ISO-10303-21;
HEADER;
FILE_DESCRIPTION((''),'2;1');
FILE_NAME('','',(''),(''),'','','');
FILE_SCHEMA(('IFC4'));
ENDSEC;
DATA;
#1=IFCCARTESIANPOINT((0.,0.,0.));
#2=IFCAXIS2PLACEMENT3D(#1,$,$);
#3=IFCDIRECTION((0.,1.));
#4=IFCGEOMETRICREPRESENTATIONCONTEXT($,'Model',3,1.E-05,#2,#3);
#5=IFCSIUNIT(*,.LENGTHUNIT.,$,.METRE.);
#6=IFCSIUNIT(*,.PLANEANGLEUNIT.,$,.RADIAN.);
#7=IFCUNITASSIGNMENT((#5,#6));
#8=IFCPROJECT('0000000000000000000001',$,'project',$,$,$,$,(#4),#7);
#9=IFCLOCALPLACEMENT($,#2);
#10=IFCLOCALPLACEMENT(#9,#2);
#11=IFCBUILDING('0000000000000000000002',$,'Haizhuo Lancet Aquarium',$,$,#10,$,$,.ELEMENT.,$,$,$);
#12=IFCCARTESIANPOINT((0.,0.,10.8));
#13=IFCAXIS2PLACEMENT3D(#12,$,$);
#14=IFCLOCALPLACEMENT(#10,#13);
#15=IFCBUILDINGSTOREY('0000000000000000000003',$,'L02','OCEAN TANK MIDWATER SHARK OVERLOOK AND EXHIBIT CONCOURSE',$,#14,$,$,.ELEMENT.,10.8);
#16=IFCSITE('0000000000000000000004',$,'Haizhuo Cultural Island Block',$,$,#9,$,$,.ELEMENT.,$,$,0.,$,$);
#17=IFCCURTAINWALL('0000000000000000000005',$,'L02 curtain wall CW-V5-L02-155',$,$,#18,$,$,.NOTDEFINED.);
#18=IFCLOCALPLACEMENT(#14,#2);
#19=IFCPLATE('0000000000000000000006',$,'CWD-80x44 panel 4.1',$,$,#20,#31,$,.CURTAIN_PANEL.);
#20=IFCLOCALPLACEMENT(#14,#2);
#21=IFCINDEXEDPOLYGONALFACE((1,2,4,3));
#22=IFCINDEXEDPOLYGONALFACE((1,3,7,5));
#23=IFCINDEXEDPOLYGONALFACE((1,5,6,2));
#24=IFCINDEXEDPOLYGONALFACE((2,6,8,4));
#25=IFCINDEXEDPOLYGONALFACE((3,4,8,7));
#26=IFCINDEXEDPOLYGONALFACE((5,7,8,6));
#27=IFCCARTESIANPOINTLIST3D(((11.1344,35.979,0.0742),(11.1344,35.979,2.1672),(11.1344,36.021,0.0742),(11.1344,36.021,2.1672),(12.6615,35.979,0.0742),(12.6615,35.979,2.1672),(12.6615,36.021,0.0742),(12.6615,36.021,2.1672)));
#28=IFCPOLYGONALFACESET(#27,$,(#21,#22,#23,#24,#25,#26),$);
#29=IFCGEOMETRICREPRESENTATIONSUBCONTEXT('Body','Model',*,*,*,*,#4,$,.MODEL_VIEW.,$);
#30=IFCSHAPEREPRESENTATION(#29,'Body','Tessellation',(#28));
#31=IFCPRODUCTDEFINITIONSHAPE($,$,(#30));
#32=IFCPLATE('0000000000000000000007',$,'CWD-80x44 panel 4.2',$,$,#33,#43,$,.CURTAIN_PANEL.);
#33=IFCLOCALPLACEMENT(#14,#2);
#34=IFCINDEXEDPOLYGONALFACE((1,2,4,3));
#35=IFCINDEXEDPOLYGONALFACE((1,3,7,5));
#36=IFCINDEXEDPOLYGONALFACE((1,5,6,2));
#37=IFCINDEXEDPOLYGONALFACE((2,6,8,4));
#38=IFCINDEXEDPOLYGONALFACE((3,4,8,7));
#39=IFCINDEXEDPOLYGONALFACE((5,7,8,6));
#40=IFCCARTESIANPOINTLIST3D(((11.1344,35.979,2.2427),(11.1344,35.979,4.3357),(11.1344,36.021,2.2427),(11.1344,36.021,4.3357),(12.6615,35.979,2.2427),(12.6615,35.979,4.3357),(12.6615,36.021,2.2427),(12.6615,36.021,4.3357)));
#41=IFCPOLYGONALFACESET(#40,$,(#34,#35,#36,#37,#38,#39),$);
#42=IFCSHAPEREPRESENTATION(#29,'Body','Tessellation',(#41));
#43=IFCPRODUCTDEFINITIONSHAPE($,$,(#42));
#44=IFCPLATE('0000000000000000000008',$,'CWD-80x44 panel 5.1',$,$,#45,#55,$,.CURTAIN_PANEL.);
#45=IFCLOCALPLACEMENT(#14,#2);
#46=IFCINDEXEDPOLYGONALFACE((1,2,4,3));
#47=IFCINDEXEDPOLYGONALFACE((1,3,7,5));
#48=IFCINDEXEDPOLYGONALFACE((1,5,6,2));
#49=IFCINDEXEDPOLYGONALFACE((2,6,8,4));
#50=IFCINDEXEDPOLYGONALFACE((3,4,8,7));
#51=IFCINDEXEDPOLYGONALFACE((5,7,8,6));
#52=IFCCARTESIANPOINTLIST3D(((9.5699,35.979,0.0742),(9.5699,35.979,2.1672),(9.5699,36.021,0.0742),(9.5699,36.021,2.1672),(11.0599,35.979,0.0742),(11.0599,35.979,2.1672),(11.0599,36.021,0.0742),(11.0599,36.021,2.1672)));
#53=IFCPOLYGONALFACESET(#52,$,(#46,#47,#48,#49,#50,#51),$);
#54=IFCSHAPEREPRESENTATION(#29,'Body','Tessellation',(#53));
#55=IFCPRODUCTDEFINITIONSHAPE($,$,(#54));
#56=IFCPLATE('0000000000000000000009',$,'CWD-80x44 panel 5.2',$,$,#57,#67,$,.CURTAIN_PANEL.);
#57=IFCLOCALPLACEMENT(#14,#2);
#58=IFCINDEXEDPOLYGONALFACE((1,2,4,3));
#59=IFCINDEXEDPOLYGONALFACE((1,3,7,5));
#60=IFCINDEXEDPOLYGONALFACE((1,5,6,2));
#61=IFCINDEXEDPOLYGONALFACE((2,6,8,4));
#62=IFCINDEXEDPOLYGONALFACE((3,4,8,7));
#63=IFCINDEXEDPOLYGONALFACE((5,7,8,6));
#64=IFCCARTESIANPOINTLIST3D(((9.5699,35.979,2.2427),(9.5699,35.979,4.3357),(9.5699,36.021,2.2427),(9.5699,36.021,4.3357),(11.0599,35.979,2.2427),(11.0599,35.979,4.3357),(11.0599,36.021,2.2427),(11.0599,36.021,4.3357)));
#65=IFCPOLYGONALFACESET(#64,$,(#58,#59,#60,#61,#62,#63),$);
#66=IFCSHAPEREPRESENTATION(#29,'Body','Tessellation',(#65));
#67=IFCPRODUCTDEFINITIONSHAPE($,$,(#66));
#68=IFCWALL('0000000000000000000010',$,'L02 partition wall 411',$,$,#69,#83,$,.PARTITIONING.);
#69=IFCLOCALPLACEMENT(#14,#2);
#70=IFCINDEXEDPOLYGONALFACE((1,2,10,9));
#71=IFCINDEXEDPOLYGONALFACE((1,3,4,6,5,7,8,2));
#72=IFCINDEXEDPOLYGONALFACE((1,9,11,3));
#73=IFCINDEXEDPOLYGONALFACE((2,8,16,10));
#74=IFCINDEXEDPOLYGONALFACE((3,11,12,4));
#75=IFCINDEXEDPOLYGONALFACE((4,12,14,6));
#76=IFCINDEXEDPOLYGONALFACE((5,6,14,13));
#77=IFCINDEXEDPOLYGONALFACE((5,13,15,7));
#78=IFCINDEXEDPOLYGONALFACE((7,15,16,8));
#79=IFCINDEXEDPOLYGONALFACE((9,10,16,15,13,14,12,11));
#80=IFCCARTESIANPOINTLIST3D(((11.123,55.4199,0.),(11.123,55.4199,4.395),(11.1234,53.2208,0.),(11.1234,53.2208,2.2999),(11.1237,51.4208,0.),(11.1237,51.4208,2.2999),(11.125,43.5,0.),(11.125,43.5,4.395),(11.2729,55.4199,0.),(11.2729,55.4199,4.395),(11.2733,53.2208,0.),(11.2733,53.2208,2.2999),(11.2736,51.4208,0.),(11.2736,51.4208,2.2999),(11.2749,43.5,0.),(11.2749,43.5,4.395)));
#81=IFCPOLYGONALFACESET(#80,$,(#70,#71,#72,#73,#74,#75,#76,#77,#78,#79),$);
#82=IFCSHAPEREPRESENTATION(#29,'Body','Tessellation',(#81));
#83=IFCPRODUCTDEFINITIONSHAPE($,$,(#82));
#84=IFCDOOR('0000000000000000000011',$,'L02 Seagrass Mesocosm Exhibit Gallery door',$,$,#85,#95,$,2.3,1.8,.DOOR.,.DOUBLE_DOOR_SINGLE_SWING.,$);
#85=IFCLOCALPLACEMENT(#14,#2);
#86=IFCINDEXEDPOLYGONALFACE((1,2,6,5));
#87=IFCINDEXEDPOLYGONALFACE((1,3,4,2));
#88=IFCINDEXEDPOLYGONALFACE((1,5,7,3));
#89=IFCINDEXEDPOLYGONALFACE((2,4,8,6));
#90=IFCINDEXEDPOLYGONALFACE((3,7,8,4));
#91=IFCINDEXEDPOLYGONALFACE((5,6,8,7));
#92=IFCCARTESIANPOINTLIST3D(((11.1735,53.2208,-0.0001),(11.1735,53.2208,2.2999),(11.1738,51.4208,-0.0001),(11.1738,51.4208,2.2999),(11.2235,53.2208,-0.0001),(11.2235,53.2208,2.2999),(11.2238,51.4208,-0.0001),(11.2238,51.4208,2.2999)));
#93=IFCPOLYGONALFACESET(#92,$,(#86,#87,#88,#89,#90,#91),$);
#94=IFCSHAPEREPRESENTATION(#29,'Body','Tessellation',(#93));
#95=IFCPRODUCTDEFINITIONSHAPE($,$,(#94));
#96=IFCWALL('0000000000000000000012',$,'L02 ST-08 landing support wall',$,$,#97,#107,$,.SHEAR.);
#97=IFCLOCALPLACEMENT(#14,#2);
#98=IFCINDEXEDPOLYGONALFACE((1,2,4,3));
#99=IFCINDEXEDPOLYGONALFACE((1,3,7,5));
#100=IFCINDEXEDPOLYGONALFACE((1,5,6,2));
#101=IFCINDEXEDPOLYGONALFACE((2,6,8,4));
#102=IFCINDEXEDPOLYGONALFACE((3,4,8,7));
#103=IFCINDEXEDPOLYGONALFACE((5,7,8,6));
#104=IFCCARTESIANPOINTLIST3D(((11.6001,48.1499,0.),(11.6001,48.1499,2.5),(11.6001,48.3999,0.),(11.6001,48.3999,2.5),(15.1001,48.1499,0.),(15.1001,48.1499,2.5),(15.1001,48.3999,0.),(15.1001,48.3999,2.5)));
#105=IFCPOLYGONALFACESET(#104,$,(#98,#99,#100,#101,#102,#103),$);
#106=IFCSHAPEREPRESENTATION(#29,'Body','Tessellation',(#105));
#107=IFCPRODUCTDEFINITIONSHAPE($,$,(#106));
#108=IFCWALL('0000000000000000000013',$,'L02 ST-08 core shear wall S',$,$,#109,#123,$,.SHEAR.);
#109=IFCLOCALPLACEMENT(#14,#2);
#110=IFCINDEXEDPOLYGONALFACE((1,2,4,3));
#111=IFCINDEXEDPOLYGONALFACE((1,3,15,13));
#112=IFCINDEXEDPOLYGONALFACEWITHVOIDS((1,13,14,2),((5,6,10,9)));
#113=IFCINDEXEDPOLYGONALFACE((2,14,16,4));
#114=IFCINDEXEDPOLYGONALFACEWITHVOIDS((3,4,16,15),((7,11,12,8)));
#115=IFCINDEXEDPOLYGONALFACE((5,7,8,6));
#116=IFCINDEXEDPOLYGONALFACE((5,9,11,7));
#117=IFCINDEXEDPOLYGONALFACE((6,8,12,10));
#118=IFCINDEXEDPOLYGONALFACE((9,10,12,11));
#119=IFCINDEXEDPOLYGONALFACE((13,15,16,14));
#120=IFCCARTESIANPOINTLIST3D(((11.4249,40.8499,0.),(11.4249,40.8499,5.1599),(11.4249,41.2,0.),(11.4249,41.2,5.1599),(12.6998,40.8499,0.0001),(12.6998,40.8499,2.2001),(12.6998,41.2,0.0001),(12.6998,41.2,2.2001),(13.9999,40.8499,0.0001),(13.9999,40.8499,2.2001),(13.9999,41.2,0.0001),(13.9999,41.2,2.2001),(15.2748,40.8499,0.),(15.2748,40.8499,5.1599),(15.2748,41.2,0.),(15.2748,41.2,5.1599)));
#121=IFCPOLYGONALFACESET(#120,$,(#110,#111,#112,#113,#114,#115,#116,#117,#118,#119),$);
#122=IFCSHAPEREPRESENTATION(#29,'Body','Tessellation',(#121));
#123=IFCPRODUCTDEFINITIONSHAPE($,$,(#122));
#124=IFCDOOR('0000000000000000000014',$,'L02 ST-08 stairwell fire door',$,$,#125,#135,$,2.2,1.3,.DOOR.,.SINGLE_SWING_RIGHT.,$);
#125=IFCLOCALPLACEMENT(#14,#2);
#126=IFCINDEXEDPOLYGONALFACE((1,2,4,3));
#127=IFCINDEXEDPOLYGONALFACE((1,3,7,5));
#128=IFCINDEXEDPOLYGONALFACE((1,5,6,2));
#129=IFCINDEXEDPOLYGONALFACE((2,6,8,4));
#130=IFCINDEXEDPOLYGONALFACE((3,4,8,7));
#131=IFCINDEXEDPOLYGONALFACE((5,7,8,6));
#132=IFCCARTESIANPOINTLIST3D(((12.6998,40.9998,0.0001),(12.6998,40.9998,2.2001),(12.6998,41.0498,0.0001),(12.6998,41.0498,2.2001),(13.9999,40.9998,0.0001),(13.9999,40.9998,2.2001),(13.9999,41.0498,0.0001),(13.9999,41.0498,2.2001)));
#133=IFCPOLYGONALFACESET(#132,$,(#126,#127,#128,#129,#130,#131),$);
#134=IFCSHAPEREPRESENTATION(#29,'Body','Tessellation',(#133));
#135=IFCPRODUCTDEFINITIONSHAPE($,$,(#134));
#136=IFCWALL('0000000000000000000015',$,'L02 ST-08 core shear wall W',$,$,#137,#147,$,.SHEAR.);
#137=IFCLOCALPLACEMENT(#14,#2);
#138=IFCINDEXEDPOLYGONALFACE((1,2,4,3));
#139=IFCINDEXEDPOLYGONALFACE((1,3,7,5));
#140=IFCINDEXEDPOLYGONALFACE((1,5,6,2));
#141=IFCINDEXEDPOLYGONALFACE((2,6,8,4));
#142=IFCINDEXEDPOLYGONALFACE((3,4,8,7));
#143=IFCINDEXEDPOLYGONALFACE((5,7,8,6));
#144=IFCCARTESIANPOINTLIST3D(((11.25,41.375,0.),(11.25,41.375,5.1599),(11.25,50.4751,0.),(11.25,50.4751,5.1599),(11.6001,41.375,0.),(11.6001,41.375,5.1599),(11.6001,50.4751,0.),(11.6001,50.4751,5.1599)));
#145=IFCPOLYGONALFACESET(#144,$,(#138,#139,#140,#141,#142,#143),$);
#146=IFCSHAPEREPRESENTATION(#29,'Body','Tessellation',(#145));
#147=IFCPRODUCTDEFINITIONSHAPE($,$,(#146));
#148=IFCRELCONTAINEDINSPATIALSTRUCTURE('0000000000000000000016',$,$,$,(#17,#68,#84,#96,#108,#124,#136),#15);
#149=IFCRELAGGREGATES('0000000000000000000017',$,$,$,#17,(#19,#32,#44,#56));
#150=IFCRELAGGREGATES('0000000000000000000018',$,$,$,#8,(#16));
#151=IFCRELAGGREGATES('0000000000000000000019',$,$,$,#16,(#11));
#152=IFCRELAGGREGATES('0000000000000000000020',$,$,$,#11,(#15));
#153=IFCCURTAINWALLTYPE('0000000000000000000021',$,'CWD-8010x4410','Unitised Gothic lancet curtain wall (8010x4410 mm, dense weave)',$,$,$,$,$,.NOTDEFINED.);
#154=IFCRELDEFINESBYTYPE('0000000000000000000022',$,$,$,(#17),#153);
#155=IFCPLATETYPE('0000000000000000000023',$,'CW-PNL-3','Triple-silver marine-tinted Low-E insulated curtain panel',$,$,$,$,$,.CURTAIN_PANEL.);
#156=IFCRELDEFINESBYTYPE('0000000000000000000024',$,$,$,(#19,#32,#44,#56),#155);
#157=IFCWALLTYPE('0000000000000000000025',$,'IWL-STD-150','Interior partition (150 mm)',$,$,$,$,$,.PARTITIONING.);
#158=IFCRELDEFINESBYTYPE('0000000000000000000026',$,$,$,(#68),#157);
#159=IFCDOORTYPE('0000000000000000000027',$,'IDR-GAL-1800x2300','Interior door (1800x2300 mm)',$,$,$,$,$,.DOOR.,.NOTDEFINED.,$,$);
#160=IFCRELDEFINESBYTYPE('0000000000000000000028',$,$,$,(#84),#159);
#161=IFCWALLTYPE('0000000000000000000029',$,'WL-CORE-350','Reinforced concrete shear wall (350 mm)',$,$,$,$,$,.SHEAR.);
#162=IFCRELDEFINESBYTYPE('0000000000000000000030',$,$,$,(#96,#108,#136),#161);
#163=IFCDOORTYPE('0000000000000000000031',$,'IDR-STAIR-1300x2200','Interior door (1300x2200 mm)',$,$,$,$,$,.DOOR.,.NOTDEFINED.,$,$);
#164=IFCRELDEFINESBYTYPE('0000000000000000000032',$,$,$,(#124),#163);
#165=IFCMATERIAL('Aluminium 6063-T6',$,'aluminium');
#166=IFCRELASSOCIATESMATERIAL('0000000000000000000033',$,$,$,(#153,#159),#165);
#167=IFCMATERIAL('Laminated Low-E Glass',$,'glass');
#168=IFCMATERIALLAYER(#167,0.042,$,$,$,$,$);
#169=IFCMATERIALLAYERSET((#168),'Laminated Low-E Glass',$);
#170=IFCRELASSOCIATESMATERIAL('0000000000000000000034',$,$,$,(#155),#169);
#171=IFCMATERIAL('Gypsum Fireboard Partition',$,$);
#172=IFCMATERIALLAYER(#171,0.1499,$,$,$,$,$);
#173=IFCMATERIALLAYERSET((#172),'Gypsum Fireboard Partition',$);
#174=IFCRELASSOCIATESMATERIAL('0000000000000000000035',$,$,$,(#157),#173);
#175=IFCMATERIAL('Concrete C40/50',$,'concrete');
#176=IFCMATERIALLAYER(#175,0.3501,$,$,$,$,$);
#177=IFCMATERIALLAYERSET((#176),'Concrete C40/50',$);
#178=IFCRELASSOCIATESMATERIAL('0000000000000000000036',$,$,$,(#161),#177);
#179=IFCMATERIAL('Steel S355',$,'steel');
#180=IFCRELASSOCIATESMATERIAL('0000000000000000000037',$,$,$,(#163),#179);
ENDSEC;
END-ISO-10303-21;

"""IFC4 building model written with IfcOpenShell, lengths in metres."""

from ifc_helpers import new_model, si_unit, direction, frame, frame_2d, origin, origin_2d, place, context, subcontext, project, spatial, rectangle, extrude, material, layer, layer_set, type_object, element, fill, aggregate, save


model = new_model("IFC4")

# Units and contexts
model_context = context("Model", 3, precision=1e-05, world=origin(), true_north=direction((0.0, 1.0)))
body_context = subcontext(model_context, "Body", "Model", "MODEL_VIEW")
ifc_project = project(units=[si_unit("LENGTHUNIT", "METRE"), si_unit("PLANEANGLEUNIT", "RADIAN")], contexts=[model_context])

# Site, building, storey
site_placement = place(None, origin())
site = spatial("IfcSite", under=ifc_project, at=site_placement, Name="Haizhuo Cultural Island Block", CompositionType="ELEMENT", RefElevation=0.0)
building_placement = place(site_placement, origin())
building = spatial("IfcBuilding", under=site, at=building_placement, Name="Haizhuo Lancet Aquarium", CompositionType="ELEMENT")
storey_placement = place(building_placement, frame((0.0, 0.0, 10.8)))
storey = spatial("IfcBuildingStorey", under=building, at=storey_placement, Name="L02", Description="OCEAN TANK MIDWATER SHARK OVERLOOK AND EXHIBIT CONCOURSE", CompositionType="ELEMENT", Elevation=10.8)

# Curtain wall
ifc_material_1 = material(Name="Aluminium 6063-T6", Category="aluminium")
curtain_wall_type = type_object("IfcCurtainWallType", Name="CWD-8010x4410", Description="Unitised Gothic lancet curtain wall (8010x4410 mm, dense weave)", PredefinedType="NOTDEFINED", material=ifc_material_1)
curtain_wall_placement = place(storey_placement, origin())
curtain_wall = element("IfcCurtainWall", 1, at=curtain_wall_placement, inside=storey, type_object=curtain_wall_type, Name="L02 curtain wall CW-V5-L02-155", PredefinedType="NOTDEFINED")

# Shared definitions
ifc_material_2 = material(Name="Steel S355", Category="steel")

# Plates
ifc_material_3 = material(Name="Laminated Low-E Glass", Category="glass")
ifc_layer_1 = layer(ifc_material_3, 0.042)
ifc_layer_set_1 = layer_set([ifc_layer_1], Name="Laminated Low-E Glass")
plate_type = type_object("IfcPlateType", Name="CW-PNL-3", Description="Triple-silver marine-tinted Low-E insulated curtain panel", PredefinedType="CURTAIN_PANEL", material=ifc_layer_set_1)
plate_1_placement = place(storey_placement, frame((11.8979, 36.0, 0.0742), z_axis=(0.0, 0.0, 1.0), x_axis=(-1.0, 0.0, 0.0)))
plate_1 = element("IfcPlate", 2, at=plate_1_placement, type_object=plate_type, Name="CWD-80x44 panel 4.1", PredefinedType="CURTAIN_PANEL", context=body_context, shape_type="SweptSolid", body=[
    extrude(rectangle(XDim=1.5271, YDim=0.042, at=origin_2d()), origin(), (0.0, 0.0, 1.0), 2.093),
])
plate_2_placement = place(storey_placement, frame((11.8979, 36.0, 2.2427), z_axis=(0.0, 0.0, 1.0), x_axis=(-1.0, 0.0, 0.0)))
plate_2 = element("IfcPlate", 3, at=plate_2_placement, type_object=plate_type, Name="CWD-80x44 panel 4.2", PredefinedType="CURTAIN_PANEL", context=body_context, shape_type="SweptSolid", body=[
    extrude(rectangle(XDim=1.5271, YDim=0.042, at=origin_2d()), origin(), (0.0, 0.0, 1.0), 2.093),
])
plate_3_placement = place(storey_placement, frame((10.3149, 36.0, 0.0742), z_axis=(0.0, 0.0, 1.0), x_axis=(-1.0, 0.0, 0.0)))
plate_3 = element("IfcPlate", 4, at=plate_3_placement, type_object=plate_type, Name="CWD-80x44 panel 5.1", PredefinedType="CURTAIN_PANEL", context=body_context, shape_type="SweptSolid", body=[
    extrude(rectangle(XDim=1.49, YDim=0.042, at=origin_2d()), origin(), (0.0, 0.0, 1.0), 2.093),
])
plate_4_placement = place(storey_placement, frame((10.3149, 36.0, 2.2427), z_axis=(0.0, 0.0, 1.0), x_axis=(-1.0, 0.0, 0.0)))
plate_4 = element("IfcPlate", 5, at=plate_4_placement, type_object=plate_type, Name="CWD-80x44 panel 5.2", PredefinedType="CURTAIN_PANEL", context=body_context, shape_type="SweptSolid", body=[
    extrude(rectangle(XDim=1.49, YDim=0.042, at=origin_2d()), origin(), (0.0, 0.0, 1.0), 2.093),
])
aggregate(curtain_wall, [plate_1, plate_2, plate_3, plate_4])

# Wall, opening, door
ifc_material_4 = material(Name="Gypsum Fireboard Partition")
ifc_layer_2 = layer(ifc_material_4, 0.1499)
ifc_layer_set_2 = layer_set([ifc_layer_2], Name="Gypsum Fireboard Partition")
wall_type_1 = type_object("IfcWallType", Name="IWL-STD-150", Description="Interior partition (150 mm)", PredefinedType="PARTITIONING", material=ifc_layer_set_2)
wall_1_placement = place(storey_placement, frame((11.2, 43.5, 0.0), z_axis=(0.0, 0.0, 1.0), x_axis=(-0.000164, 1.0, 0.0)))
wall_1 = element("IfcWall", 6, at=wall_1_placement, inside=storey, type_object=wall_type_1, Name="L02 partition wall 411", PredefinedType="PARTITIONING", context=body_context, shape_type="SweptSolid", body=[
    extrude(rectangle(XDim=11.9199, YDim=0.1499, at=frame_2d((5.96, 0.0))), origin(), (0.0, 0.0, 1.0), 4.395),
])
opening_1_placement = place(wall_1_placement, frame((7.9209, 0.0, 0.0)))
opening_1 = element("IfcOpeningElement", 7, at=opening_1_placement, cuts=wall_1, PredefinedType="OPENING", context=body_context, shape_type="SweptSolid", body=[
    extrude(rectangle(XDim=1.8, YDim=2.3, at=frame_2d((0.8999, 1.1499))), frame((0.0, 0.085, 0.0), z_axis=(0.0, -1.0, 0.0), x_axis=(1.0, 0.0, 0.0)), (0.0, 0.0, 1.0), 0.1699),
])
door_type_1 = type_object("IfcDoorType", Name="IDR-GAL-1800x2300", Description="Interior door (1800x2300 mm)", OperationType="NOTDEFINED", PredefinedType="DOOR", material=ifc_material_1)
door_1_placement = place(opening_1_placement, origin())
door_1 = element("IfcDoor", 8, at=door_1_placement, inside=storey, type_object=door_type_1, Name="L02 Seagrass Mesocosm Exhibit Gallery door", OperationType="DOUBLE_DOOR_SINGLE_SWING", OverallHeight=2.3, OverallWidth=1.8, PredefinedType="DOOR", context=body_context, shape_type="SweptSolid", body=[
    extrude(rectangle(XDim=1.8, YDim=2.3, at=frame_2d((0.8999, 1.1499))), frame((0.0, 0.0249, 0.0), z_axis=(0.0, -1.0, 0.0), x_axis=(1.0, 0.0, 0.0)), (0.0, 0.0, 1.0), 0.05),
])
fill(opening_1, door_1)

# Wall
ifc_material_5 = material(Name="Concrete C40/50", Category="concrete")
ifc_layer_3 = layer(ifc_material_5, 0.3501)
ifc_layer_set_3 = layer_set([ifc_layer_3], Name="Concrete C40/50")
wall_type_2 = type_object("IfcWallType", Name="WL-CORE-350", Description="Reinforced concrete shear wall (350 mm)", PredefinedType="SHEAR", material=ifc_layer_set_3)
wall_2_placement = place(storey_placement, frame((11.6001, 48.2749, 0.0), z_axis=(0.0, 0.0, 1.0), x_axis=(1.0, 0.0, 0.0)))
element("IfcWall", 9, at=wall_2_placement, inside=storey, type_object=wall_type_2, Name="L02 ST-08 landing support wall", PredefinedType="SHEAR", context=body_context, shape_type="SweptSolid", body=[
    extrude(rectangle(XDim=3.5, YDim=0.25, at=frame_2d((1.75, 0.0))), origin(), (0.0, 0.0, 1.0), 2.5),
])

# Wall, opening, door
wall_3_placement = place(storey_placement, frame((11.425, 41.0249, 0.0), z_axis=(0.0, 0.0, 1.0), x_axis=(1.0, 0.0, 0.0)))
wall_3 = element("IfcWall", 10, at=wall_3_placement, inside=storey, type_object=wall_type_2, Name="L02 ST-08 core shear wall S", PredefinedType="SHEAR", context=body_context, shape_type="SweptSolid", body=[
    extrude(rectangle(XDim=3.8499, YDim=0.3501, at=frame_2d((1.9248, 0.0))), origin(), (0.0, 0.0, 1.0), 5.1599),
])
opening_2_placement = place(wall_3_placement, frame((1.2749, 0.0, 0.0)))
opening_2 = element("IfcOpeningElement", 11, at=opening_2_placement, cuts=wall_3, PredefinedType="OPENING", context=body_context, shape_type="SweptSolid", body=[
    extrude(rectangle(XDim=1.3, YDim=2.2, at=frame_2d((0.6499, 1.1001))), frame((0.0, 0.1851, 0.0), z_axis=(0.0, -1.0, 0.0), x_axis=(1.0, 0.0, 0.0)), (0.0, 0.0, 1.0), 0.3701),
])
door_type_2 = type_object("IfcDoorType", Name="IDR-STAIR-1300x2200", Description="Interior door (1300x2200 mm)", OperationType="NOTDEFINED", PredefinedType="DOOR", material=ifc_material_2)
door_2_placement = place(opening_2_placement, origin())
door_2 = element("IfcDoor", 12, at=door_2_placement, inside=storey, type_object=door_type_2, Name="L02 ST-08 stairwell fire door", OperationType="SINGLE_SWING_RIGHT", OverallHeight=2.2, OverallWidth=1.3, PredefinedType="DOOR", context=body_context, shape_type="SweptSolid", body=[
    extrude(rectangle(XDim=1.3, YDim=2.2, at=frame_2d((0.6499, 1.1001))), frame((0.0, 0.0249, 0.0), z_axis=(0.0, -1.0, 0.0), x_axis=(1.0, 0.0, 0.0)), (0.0, 0.0, 1.0), 0.05),
])
fill(opening_2, door_2)

# Wall
wall_4_placement = place(storey_placement, frame((11.425, 41.375, 0.0), z_axis=(0.0, 0.0, 1.0), x_axis=(0.0, 1.0, 0.0)))
element("IfcWall", 13, at=wall_4_placement, inside=storey, type_object=wall_type_2, Name="L02 ST-08 core shear wall W", PredefinedType="SHEAR", context=body_context, shape_type="SweptSolid", body=[
    extrude(rectangle(XDim=9.1001, YDim=0.3501, at=frame_2d((4.55, 0.0))), origin(), (0.0, 0.0, 1.0), 5.1599),
])

save(model, "model.ifc")
